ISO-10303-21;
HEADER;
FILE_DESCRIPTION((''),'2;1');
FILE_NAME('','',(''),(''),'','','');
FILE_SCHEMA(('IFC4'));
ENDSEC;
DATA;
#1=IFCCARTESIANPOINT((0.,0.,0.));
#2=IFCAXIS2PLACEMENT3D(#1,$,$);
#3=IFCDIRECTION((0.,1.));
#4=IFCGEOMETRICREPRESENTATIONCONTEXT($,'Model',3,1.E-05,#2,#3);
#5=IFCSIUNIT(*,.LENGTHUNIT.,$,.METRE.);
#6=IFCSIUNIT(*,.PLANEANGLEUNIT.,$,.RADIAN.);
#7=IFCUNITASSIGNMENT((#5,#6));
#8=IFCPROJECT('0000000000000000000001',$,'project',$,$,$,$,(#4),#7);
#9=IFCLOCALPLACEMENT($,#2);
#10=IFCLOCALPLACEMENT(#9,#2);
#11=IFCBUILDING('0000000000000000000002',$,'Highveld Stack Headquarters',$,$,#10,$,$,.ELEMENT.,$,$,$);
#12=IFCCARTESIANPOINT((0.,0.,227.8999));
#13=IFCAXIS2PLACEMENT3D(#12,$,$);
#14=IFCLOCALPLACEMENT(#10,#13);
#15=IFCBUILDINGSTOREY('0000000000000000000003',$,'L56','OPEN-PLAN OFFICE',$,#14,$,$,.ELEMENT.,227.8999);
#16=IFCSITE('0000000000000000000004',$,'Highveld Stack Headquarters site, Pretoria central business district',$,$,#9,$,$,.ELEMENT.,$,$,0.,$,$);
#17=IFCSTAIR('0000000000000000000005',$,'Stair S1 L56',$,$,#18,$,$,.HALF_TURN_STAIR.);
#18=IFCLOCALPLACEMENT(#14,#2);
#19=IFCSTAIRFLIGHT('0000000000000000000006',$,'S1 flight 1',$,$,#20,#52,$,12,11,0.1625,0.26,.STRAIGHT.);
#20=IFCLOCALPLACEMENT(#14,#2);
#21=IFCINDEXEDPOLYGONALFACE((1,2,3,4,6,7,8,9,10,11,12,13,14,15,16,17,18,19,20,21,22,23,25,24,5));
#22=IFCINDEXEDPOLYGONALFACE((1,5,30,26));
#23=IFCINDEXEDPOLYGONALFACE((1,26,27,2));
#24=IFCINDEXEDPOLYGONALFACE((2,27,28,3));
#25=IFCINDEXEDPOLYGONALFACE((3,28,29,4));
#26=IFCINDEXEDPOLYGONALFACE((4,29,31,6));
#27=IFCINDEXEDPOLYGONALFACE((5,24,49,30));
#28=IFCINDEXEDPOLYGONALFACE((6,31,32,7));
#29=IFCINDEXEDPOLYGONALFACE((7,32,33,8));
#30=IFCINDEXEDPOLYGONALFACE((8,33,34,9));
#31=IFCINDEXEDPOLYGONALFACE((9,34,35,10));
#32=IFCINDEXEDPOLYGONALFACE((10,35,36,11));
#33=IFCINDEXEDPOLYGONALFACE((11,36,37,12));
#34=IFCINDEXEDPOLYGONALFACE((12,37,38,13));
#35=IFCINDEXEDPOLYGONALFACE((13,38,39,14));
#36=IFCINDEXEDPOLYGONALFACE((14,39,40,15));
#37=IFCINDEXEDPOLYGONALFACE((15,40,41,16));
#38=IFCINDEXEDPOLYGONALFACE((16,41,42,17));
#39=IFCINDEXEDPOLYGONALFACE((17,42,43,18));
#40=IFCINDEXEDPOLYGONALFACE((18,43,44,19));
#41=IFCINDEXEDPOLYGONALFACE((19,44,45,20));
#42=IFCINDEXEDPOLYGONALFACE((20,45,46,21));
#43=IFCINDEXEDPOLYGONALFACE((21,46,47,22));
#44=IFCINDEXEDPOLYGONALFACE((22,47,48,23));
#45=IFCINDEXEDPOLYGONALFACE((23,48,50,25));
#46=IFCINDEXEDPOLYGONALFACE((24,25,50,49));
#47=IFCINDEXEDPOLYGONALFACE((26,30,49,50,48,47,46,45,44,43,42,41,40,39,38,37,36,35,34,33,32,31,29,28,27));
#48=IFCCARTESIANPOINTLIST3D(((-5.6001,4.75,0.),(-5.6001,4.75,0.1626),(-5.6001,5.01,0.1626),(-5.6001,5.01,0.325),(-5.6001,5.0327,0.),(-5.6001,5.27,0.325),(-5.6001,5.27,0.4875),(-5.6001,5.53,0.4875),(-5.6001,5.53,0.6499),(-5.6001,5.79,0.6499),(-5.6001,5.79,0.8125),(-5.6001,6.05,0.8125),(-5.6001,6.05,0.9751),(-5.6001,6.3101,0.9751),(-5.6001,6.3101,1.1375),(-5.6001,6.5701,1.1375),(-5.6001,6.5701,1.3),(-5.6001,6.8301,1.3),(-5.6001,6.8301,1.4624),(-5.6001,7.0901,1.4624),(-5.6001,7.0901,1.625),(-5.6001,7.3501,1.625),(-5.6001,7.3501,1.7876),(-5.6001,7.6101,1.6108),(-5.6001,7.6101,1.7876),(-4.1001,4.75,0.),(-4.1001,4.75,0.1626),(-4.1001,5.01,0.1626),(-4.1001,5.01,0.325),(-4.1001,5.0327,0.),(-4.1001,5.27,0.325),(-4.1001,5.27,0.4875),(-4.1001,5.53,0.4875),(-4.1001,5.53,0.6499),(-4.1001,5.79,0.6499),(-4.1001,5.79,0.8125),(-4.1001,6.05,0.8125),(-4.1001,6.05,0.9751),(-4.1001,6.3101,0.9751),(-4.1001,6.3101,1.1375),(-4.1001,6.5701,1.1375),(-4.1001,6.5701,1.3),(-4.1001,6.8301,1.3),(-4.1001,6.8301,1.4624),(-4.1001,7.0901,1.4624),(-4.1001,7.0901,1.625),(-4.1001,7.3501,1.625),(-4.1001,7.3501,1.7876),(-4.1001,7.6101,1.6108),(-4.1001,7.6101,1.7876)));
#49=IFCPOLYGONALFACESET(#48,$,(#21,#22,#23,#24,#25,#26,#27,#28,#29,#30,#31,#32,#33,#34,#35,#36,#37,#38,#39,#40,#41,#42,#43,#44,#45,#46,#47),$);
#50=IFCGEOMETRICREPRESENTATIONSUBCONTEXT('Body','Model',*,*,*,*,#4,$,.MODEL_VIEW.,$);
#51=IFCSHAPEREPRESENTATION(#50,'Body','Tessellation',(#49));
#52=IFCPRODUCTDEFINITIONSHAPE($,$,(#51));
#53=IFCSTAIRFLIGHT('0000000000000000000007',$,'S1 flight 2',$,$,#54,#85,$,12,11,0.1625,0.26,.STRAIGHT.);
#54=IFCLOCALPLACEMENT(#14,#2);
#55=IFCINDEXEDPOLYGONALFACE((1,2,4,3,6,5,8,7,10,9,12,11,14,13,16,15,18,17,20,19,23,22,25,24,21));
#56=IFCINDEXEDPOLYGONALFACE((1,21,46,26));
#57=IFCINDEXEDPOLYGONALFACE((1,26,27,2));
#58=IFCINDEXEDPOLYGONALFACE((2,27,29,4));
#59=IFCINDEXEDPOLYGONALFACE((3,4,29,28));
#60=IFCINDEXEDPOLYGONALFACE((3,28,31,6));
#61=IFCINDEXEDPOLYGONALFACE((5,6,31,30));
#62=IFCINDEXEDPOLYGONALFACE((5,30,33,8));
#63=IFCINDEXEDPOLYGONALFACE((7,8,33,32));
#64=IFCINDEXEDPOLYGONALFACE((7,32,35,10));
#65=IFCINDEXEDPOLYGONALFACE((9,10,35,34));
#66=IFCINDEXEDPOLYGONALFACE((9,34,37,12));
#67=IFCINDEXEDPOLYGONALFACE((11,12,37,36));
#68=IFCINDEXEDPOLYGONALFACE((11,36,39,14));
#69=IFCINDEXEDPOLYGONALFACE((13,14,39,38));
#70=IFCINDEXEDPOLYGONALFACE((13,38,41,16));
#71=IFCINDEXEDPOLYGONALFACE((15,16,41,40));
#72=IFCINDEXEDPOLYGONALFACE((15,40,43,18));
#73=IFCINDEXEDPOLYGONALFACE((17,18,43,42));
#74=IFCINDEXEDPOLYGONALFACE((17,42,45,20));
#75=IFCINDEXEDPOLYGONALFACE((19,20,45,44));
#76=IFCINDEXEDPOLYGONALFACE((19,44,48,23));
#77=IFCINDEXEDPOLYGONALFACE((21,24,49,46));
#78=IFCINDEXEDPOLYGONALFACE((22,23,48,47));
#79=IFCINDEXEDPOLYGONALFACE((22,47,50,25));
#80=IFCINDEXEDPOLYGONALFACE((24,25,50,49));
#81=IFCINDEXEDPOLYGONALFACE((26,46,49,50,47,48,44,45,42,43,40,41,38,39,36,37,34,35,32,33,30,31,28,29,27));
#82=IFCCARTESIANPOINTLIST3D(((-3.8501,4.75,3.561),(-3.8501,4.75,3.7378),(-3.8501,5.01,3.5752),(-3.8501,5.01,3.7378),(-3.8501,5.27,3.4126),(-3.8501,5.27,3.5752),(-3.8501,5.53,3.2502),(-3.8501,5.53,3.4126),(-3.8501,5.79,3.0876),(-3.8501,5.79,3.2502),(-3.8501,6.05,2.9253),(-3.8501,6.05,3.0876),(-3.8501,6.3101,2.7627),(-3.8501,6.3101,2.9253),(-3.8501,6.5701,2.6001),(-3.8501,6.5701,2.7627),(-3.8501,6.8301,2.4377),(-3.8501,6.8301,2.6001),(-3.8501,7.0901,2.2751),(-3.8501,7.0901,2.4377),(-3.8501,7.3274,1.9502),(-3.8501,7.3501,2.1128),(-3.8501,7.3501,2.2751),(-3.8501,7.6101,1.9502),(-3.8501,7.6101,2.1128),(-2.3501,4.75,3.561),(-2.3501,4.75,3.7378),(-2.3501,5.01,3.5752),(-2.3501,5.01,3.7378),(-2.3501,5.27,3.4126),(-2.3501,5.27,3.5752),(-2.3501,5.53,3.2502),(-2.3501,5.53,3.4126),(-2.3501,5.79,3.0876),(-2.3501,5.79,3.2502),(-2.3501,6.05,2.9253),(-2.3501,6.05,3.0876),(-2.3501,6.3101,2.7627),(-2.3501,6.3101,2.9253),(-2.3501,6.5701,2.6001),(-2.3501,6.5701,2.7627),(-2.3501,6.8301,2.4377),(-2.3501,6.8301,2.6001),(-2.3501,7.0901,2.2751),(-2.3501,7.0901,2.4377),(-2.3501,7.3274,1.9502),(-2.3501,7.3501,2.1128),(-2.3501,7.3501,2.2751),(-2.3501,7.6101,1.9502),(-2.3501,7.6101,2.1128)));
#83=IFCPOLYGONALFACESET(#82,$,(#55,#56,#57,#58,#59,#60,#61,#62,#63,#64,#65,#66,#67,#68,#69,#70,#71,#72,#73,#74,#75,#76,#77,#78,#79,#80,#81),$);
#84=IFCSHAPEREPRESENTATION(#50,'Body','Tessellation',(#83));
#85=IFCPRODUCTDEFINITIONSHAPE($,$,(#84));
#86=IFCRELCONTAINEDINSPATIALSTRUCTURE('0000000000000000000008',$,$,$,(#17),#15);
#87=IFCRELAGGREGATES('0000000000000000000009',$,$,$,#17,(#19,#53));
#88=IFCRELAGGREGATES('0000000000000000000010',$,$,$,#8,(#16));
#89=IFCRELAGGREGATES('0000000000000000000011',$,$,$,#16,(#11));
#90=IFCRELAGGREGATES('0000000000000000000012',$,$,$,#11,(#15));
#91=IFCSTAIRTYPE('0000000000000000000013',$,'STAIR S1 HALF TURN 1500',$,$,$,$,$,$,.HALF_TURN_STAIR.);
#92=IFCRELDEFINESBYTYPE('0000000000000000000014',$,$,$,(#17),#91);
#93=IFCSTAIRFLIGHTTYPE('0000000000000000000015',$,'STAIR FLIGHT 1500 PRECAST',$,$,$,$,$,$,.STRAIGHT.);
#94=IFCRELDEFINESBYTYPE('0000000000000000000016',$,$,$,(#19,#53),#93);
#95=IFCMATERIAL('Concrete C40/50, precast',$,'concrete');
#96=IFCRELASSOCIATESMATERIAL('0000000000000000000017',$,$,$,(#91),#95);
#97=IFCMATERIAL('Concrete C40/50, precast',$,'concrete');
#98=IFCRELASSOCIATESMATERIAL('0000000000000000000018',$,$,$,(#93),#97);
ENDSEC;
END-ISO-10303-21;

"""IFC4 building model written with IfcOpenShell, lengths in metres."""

from ifc_helpers import new_model, si_unit, direction, frame, origin, place, context, subcontext, project, spatial, polyline, outline, extrude, material, type_object, element, aggregate, save


model = new_model("IFC4")

# Units and contexts
model_context = context("Model", 3, precision=1e-05, world=origin(), true_north=direction((0.0, 1.0)))
body_context = subcontext(model_context, "Body", "Model", "MODEL_VIEW")
ifc_project = project(units=[si_unit("LENGTHUNIT", "METRE"), si_unit("PLANEANGLEUNIT", "RADIAN")], contexts=[model_context])

# Site, building, storey
site_placement = place(None, origin())
site = spatial("IfcSite", under=ifc_project, at=site_placement, Name="Highveld Stack Headquarters site, Pretoria central business district", CompositionType="ELEMENT", RefElevation=0.0)
building_placement = place(site_placement, origin())
building = spatial("IfcBuilding", under=site, at=building_placement, Name="Highveld Stack Headquarters", CompositionType="ELEMENT")
storey_placement = place(building_placement, frame((0.0, 0.0, 227.8999)))
storey = spatial("IfcBuildingStorey", under=building, at=storey_placement, Name="L56", Description="OPEN-PLAN OFFICE", CompositionType="ELEMENT", Elevation=227.8999)

# Stair, stair flights
ifc_material_1 = material(Name="Concrete C40/50, precast", Category="concrete")
stair_type = type_object("IfcStairType", Name="STAIR S1 HALF TURN 1500", PredefinedType="HALF_TURN_STAIR", material=ifc_material_1)
stair_placement = place(storey_placement, origin())
stair = element("IfcStair", 1, at=stair_placement, inside=storey, type_object=stair_type, Name="Stair S1 L56", PredefinedType="HALF_TURN_STAIR")
ifc_material_2 = material(Name="Concrete C40/50, precast", Category="concrete")
stair_flight_type = type_object("IfcStairFlightType", Name="STAIR FLIGHT 1500 PRECAST", PredefinedType="STRAIGHT", material=ifc_material_2)
stair_flight_1_placement = place(storey_placement, frame((-4.8501, 4.75, 0.0), z_axis=(0.0, 0.0, 1.0), x_axis=(0.0, 1.0, 0.0)))
stair_flight_1 = element("IfcStairFlight", 2, at=stair_flight_1_placement, type_object=stair_flight_type, Name="S1 flight 1", NumberOfRisers=12, NumberOfTreads=11, PredefinedType="STRAIGHT", RiserHeight=0.1625, TreadLength=0.26, context=body_context, shape_type="SweptSolid", body=[
    extrude(outline(polyline([(0.0, 0.0), (0.0, 0.1626), (0.26, 0.1626), (0.26, 0.325), (0.52, 0.325), (0.52, 0.4875), (0.78, 0.4875), (0.78, 0.6499), (1.04, 0.6499), (1.04, 0.8125), (1.3, 0.8125), (1.3, 0.9751), (1.5601, 0.9751), (1.5601, 1.1375), (1.8201, 1.1375), (1.8201, 1.3), (2.0801, 1.3), (2.0801, 1.4624), (2.3401, 1.4624), (2.3401, 1.625), (2.6001, 1.625), (2.6001, 1.7876), (2.8601, 1.7876), (2.8601, 1.95), (2.8601, 1.6108), (0.2827, 0.0), (0.0, 0.0)])), frame((0.0, 0.75, 0.0), z_axis=(0.0, -1.0, 0.0), x_axis=(1.0, 0.0, 0.0)), (0.0, 0.0, 1.0), 1.5),
])
stair_flight_2_placement = place(storey_placement, frame((-3.1001, 7.6101, 1.9502), z_axis=(0.0, 0.0, 1.0), x_axis=(0.0, -1.0, 0.0)))
stair_flight_2 = element("IfcStairFlight", 3, at=stair_flight_2_placement, type_object=stair_flight_type, Name="S1 flight 2", NumberOfRisers=12, NumberOfTreads=11, PredefinedType="STRAIGHT", RiserHeight=0.1625, TreadLength=0.26, context=body_context, shape_type="SweptSolid", body=[
    extrude(outline(polyline([(0.0, 0.0), (0.0, 0.1626), (0.26, 0.1626), (0.26, 0.325), (0.52, 0.325), (0.52, 0.4875), (0.78, 0.4875), (0.78, 0.6499), (1.04, 0.6499), (1.04, 0.8125), (1.3, 0.8125), (1.3, 0.9751), (1.5601, 0.9751), (1.5601, 1.1375), (1.8201, 1.1375), (1.8201, 1.3), (2.0801, 1.3), (2.0801, 1.4624), (2.3401, 1.4624), (2.3401, 1.625), (2.6001, 1.625), (2.6001, 1.7876), (2.8601, 1.7876), (2.8601, 1.95), (2.8601, 1.6108), (0.2827, 0.0), (0.0, 0.0)])), frame((0.0, 0.75, 0.0), z_axis=(0.0, -1.0, 0.0), x_axis=(1.0, 0.0, 0.0)), (0.0, 0.0, 1.0), 1.5),
])
aggregate(stair, [stair_flight_1, stair_flight_2])

save(model, "model.ifc")
